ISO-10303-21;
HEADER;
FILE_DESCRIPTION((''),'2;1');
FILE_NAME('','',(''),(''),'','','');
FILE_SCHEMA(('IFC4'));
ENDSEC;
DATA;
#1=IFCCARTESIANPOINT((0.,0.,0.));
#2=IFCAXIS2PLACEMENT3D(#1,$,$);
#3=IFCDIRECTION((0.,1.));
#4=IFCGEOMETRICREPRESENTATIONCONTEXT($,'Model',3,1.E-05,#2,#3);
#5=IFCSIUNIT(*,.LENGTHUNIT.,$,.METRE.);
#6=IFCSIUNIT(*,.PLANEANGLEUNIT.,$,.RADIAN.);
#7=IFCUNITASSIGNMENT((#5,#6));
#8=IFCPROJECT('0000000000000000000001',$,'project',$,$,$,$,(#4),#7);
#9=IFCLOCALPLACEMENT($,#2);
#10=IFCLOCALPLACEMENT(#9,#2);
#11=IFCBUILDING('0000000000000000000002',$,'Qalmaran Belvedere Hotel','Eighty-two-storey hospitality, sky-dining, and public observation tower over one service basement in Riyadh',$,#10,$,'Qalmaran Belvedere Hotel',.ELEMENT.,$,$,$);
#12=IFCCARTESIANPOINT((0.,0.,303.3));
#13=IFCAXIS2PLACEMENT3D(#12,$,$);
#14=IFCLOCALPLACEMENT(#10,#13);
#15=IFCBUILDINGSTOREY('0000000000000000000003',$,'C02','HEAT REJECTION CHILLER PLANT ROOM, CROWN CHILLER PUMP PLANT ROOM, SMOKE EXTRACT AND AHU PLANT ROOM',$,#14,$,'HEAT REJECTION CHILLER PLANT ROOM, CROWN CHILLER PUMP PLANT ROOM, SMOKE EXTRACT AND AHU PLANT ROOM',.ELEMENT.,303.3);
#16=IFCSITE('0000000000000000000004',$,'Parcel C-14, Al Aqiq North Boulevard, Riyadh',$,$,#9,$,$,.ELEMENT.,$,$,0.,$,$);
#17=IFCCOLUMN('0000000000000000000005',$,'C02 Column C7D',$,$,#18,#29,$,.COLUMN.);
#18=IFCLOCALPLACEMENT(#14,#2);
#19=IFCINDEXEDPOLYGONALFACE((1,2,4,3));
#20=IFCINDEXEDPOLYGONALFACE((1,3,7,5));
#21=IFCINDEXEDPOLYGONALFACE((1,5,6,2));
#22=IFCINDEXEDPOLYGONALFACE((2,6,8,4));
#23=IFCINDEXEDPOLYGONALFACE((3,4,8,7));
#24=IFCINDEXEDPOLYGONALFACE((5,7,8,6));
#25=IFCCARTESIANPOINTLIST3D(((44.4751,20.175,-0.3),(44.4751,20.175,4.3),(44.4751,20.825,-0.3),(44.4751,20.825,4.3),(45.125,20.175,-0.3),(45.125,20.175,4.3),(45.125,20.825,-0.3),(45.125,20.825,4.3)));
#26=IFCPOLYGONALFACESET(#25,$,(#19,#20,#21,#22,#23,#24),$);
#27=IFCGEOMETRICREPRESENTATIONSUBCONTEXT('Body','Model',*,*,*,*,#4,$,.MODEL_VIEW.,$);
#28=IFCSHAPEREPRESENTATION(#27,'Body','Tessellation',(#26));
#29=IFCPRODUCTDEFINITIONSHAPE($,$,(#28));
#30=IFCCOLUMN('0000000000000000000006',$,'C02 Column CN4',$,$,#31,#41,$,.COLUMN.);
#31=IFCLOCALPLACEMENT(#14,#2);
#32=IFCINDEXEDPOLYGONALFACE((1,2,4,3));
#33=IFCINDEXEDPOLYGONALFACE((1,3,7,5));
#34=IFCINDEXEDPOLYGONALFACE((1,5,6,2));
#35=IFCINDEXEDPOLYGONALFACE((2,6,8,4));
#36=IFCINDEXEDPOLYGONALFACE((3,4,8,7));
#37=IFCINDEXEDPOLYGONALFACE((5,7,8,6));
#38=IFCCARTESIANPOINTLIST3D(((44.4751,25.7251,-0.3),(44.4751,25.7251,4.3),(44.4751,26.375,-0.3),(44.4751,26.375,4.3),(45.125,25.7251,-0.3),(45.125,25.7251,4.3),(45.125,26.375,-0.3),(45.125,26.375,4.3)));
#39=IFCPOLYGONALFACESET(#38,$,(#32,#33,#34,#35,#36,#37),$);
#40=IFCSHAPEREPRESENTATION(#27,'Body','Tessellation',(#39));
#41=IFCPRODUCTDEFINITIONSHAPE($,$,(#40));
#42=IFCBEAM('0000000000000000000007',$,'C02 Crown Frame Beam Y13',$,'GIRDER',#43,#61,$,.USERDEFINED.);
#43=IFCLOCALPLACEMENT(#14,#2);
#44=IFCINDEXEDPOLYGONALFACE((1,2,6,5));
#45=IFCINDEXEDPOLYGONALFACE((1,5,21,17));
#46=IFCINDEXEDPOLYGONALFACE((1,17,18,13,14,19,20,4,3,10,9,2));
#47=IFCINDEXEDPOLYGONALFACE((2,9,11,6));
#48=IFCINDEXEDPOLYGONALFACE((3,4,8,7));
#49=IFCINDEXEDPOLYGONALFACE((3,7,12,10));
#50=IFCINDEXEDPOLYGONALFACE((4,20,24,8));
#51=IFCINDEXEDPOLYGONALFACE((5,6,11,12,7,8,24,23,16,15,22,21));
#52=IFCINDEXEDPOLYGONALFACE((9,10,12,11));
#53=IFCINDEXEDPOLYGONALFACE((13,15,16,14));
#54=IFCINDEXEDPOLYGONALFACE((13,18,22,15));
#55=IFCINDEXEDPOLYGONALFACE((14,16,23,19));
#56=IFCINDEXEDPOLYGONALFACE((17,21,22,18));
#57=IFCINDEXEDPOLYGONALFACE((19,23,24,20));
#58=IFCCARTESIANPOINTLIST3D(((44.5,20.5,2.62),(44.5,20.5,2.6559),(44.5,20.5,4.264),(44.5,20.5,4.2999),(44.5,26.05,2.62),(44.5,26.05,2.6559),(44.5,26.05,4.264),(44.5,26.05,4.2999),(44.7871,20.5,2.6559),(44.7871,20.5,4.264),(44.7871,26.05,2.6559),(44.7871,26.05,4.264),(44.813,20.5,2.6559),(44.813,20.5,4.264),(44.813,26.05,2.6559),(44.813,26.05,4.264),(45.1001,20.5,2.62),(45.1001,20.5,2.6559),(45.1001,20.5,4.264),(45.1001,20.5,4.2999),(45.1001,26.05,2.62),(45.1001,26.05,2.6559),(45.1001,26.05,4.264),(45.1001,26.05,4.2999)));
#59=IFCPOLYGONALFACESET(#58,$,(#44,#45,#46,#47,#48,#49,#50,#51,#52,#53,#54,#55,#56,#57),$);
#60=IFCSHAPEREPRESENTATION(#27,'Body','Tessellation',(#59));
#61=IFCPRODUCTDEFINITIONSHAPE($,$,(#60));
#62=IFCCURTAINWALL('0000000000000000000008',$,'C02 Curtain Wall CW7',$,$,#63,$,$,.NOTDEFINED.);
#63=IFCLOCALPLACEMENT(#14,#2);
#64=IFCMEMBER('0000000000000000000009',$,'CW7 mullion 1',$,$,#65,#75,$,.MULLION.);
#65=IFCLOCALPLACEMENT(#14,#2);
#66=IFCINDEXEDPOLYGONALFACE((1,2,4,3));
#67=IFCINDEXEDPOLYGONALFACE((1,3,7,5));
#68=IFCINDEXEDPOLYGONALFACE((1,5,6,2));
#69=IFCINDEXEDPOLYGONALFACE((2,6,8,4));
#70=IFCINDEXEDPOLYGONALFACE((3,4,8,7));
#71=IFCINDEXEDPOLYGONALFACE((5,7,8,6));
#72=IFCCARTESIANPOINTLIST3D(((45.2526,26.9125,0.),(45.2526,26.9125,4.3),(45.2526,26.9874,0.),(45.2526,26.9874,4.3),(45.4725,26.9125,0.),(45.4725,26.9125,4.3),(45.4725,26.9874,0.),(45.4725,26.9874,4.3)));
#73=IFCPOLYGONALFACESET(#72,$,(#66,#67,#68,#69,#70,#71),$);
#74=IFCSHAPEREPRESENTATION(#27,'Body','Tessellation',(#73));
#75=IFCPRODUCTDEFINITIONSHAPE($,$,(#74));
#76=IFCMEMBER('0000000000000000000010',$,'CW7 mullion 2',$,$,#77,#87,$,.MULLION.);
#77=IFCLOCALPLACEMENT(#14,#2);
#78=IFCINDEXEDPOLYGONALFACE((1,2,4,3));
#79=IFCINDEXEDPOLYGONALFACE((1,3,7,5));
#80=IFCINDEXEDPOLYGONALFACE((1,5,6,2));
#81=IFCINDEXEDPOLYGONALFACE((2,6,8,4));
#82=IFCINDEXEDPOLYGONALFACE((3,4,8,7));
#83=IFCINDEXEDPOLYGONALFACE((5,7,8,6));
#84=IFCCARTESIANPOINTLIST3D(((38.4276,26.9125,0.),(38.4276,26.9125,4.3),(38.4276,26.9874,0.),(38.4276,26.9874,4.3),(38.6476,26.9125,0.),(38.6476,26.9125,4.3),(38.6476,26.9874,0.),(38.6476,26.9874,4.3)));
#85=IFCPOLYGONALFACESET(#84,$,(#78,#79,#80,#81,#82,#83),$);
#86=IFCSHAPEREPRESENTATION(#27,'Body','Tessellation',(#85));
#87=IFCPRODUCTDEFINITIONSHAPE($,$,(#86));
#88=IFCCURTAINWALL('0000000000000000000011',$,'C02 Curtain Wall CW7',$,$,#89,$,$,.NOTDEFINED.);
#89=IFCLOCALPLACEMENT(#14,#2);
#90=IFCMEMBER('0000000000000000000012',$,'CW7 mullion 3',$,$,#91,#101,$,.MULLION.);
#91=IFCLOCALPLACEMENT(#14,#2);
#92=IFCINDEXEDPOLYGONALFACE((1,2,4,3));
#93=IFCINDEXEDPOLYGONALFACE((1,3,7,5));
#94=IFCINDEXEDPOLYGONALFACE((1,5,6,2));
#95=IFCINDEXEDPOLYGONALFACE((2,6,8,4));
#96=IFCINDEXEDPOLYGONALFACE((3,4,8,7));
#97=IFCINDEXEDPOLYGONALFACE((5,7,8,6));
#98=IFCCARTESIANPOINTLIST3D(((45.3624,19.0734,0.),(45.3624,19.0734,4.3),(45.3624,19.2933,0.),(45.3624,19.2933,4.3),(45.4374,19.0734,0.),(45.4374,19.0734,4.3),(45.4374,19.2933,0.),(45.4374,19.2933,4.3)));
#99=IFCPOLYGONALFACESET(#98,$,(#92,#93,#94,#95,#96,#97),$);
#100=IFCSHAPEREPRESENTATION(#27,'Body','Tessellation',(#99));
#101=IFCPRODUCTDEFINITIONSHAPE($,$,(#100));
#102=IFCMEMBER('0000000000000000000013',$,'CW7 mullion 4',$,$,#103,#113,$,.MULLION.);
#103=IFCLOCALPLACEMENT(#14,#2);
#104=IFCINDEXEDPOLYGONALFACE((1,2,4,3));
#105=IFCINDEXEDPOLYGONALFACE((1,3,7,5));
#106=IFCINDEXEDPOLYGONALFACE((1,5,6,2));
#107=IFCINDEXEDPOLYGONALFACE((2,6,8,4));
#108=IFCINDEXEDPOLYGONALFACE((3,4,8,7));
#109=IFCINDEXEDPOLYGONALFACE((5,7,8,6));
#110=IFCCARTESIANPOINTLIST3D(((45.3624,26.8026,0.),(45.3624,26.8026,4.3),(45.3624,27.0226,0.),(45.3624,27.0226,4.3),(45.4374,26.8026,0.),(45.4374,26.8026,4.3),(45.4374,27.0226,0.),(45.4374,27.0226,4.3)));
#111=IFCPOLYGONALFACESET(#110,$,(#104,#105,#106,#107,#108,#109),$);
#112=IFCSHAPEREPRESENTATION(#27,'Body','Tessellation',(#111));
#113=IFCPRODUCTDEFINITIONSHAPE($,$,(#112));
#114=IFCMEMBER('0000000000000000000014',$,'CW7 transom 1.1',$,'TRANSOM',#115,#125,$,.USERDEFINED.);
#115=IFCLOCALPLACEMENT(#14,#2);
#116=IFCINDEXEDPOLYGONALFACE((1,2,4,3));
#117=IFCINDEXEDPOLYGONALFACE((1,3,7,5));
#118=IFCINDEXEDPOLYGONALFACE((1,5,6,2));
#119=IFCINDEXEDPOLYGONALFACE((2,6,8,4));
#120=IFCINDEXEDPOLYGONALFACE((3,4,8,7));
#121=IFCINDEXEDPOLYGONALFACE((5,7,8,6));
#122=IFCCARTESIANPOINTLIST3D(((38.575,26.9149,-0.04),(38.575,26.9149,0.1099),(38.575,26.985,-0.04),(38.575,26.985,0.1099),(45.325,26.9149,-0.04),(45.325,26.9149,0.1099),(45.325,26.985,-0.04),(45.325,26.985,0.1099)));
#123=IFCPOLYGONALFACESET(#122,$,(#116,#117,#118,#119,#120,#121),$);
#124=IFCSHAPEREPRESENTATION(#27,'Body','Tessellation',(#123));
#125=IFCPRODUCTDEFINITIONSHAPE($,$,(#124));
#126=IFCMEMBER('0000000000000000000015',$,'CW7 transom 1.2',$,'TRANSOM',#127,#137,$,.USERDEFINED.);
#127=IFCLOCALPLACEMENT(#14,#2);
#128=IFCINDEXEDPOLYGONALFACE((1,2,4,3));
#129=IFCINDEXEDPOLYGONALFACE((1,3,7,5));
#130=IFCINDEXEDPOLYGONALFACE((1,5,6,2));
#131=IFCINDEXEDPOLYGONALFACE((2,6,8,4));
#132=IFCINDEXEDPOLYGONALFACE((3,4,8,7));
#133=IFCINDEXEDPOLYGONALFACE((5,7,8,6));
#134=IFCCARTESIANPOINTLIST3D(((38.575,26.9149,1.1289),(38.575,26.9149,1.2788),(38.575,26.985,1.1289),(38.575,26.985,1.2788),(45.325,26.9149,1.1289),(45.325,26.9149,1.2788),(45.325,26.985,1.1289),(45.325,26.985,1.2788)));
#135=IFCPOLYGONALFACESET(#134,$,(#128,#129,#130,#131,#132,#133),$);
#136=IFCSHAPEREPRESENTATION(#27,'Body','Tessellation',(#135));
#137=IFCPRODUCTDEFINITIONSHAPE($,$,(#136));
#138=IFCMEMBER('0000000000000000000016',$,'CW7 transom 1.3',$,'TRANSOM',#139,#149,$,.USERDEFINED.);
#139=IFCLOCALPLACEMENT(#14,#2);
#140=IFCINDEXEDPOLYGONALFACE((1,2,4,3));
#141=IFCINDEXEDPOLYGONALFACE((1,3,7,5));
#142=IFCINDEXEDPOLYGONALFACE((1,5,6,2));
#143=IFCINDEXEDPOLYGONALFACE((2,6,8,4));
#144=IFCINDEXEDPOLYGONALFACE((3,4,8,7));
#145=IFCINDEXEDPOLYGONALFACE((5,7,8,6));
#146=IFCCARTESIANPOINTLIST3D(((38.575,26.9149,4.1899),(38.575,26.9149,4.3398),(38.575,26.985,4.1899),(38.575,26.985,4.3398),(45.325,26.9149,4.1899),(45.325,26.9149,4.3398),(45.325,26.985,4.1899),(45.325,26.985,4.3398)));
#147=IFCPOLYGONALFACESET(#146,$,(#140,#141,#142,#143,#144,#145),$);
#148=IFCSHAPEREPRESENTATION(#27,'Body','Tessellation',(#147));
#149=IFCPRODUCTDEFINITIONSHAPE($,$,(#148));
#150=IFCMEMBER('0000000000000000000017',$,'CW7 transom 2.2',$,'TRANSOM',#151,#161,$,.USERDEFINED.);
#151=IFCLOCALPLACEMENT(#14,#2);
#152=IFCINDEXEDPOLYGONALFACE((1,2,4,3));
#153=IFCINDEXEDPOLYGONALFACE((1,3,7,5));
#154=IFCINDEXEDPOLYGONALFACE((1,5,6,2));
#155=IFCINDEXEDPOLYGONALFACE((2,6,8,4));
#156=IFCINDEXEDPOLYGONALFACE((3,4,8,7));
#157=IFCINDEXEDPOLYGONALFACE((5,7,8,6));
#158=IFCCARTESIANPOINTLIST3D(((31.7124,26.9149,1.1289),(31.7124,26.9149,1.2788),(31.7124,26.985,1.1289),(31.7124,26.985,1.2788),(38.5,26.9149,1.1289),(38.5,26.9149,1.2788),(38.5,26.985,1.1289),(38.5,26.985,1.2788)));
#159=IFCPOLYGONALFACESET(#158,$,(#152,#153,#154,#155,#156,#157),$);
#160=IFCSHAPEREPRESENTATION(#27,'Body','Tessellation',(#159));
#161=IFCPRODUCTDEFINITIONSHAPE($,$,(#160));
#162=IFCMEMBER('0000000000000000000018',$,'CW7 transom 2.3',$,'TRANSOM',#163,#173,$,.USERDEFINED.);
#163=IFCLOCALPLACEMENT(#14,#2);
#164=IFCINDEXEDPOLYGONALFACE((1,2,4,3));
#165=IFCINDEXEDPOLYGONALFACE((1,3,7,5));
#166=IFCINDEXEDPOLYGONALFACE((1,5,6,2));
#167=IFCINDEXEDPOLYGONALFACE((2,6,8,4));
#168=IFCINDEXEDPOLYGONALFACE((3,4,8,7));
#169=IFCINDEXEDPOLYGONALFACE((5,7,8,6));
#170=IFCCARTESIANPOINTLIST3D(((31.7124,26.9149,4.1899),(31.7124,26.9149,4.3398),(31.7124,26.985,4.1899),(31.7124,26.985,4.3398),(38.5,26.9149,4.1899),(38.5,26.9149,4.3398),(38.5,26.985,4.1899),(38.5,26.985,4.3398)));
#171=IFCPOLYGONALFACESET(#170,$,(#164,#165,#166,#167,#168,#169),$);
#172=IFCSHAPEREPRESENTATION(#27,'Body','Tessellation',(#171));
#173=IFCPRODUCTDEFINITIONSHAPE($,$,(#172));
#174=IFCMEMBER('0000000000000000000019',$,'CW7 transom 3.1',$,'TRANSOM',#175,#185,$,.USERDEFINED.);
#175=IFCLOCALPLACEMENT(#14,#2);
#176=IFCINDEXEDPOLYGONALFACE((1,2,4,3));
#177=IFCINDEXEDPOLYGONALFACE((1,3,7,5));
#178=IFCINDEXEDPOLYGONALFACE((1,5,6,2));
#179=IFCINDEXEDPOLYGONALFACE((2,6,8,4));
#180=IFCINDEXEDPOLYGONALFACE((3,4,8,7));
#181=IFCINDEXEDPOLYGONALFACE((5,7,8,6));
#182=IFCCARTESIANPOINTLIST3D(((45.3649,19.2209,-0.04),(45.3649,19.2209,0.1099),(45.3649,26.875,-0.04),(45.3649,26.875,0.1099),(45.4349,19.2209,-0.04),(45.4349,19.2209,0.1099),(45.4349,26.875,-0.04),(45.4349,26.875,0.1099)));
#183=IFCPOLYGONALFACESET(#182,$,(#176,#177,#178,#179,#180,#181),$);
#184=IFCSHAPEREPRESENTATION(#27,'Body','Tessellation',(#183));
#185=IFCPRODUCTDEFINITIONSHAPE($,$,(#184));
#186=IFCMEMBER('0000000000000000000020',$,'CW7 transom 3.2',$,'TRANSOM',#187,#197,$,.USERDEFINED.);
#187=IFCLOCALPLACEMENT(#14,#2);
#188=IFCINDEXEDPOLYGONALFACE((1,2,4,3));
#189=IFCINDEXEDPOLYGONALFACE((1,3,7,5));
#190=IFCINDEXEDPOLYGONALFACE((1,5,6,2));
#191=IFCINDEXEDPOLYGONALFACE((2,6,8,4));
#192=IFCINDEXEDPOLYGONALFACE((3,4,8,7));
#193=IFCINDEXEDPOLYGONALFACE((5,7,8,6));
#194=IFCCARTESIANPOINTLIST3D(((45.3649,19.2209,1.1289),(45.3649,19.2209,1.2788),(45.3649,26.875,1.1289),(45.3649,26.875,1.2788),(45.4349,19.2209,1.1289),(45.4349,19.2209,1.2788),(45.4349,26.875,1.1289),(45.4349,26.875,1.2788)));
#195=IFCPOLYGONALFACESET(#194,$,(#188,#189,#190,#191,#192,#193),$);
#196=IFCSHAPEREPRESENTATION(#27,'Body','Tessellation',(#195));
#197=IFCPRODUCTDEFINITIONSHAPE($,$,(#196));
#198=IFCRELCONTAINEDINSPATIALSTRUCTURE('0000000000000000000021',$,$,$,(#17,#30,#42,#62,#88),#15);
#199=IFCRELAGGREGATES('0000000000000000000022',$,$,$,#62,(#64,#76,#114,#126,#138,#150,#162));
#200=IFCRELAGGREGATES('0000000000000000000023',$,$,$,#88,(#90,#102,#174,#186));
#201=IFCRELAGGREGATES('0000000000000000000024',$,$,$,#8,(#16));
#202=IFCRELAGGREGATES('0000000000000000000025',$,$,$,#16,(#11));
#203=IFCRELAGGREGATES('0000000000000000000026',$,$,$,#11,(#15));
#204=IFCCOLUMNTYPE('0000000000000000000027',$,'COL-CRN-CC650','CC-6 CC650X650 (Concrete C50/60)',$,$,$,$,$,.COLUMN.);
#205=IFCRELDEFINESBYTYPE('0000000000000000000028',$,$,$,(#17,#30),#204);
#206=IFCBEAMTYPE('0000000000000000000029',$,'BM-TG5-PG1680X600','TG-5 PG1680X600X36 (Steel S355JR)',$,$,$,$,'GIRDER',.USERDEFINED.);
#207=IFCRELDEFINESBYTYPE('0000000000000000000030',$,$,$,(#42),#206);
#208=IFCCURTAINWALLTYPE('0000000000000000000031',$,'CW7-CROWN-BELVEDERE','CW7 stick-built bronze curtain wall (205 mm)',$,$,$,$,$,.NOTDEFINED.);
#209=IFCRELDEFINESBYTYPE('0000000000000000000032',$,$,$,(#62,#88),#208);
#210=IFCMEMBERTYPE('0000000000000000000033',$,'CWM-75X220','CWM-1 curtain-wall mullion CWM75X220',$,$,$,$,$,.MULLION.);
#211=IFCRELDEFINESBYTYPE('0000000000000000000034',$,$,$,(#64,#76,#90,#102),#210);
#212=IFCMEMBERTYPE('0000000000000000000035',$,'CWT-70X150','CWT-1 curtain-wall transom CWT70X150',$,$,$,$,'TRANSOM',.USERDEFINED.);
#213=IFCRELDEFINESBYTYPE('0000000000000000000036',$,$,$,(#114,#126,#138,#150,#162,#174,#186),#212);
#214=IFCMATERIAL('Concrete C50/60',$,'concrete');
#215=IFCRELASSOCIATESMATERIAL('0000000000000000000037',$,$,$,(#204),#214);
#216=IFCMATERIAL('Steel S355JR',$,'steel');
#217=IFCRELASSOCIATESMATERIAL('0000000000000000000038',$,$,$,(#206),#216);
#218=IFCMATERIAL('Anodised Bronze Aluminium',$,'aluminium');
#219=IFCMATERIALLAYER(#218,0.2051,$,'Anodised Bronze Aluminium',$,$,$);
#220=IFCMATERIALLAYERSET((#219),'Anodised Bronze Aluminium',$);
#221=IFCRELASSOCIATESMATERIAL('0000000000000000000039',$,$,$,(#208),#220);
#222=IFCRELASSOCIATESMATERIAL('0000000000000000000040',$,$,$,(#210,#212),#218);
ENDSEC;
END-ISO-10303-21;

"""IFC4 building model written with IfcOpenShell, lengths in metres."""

from ifc_helpers import new_model, si_unit, direction, frame, origin, origin_2d, place, context, subcontext, project, spatial, rectangle, i_section, extrude, material, layer, layer_set, material_profile, profile_set, type_object, element, aggregate, save


model = new_model("IFC4")

# Units and contexts
model_context = context("Model", 3, precision=1e-05, world=origin(), true_north=direction((0.0, 1.0)))
body_context = subcontext(model_context, "Body", "Model", "MODEL_VIEW")
ifc_project = project(units=[si_unit("LENGTHUNIT", "METRE"), si_unit("PLANEANGLEUNIT", "RADIAN")], contexts=[model_context])

# Site, building, storey
site_placement = place(None, origin())
site = spatial("IfcSite", under=ifc_project, at=site_placement, Name="Parcel C-14, Al Aqiq North Boulevard, Riyadh", CompositionType="ELEMENT", RefElevation=0.0)
building_placement = place(site_placement, origin())
building = spatial("IfcBuilding", under=site, at=building_placement, Name="Qalmaran Belvedere Hotel", Description="Eighty-two-storey hospitality, sky-dining, and public observation tower over one service basement in Riyadh", LongName="Qalmaran Belvedere Hotel", CompositionType="ELEMENT")
storey_placement = place(building_placement, frame((0.0, 0.0, 303.3)))
storey = spatial("IfcBuildingStorey", under=building, at=storey_placement, Name="C02", Description="HEAT REJECTION CHILLER PLANT ROOM, CROWN CHILLER PUMP PLANT ROOM, SMOKE EXTRACT AND AHU PLANT ROOM", LongName="HEAT REJECTION CHILLER PLANT ROOM, CROWN CHILLER PUMP PLANT ROOM, SMOKE EXTRACT AND AHU PLANT ROOM", CompositionType="ELEMENT", Elevation=303.3)

# Columns
ifc_material_1 = material(Name="Concrete C50/60", Category="concrete")
ifc_material_profile_1 = material_profile(ifc_material_1, rectangle(XDim=0.6499, YDim=0.6499, at=origin_2d()), Name="CC650X650")
ifc_profile_set_1 = profile_set([ifc_material_profile_1], Name="Concrete C50/60")
column_type = type_object("IfcColumnType", Name="COL-CRN-CC650", Description="CC-6 CC650X650 (Concrete C50/60)", PredefinedType="COLUMN", material=ifc_profile_set_1)
for number, where, z_axis, x_axis, name in (
    (1, (44.8, 20.5, -0.3), (0.0, 0.0, 1.0), (1.0, 0.0, 0.0), "C02 Column C7D"),
    (2, (44.8, 26.05, -0.3), (0.0, 0.0, 1.0), (1.0, 0.0, 0.0), "C02 Column CN4"),
):
    element("IfcColumn", number, at=place(storey_placement, frame(where, z_axis=z_axis, x_axis=x_axis)), inside=storey, type_object=column_type, Name=name, PredefinedType="COLUMN", context=body_context, shape_type="SweptSolid", body=[
        extrude(rectangle(XDim=0.6499, YDim=0.6499, at=origin_2d()), origin(), (0.0, 0.0, 1.0), 4.6001),
    ])

# Beam
ifc_material_2 = material(Name="Steel S355JR", Category="steel")
ifc_material_profile_2 = material_profile(ifc_material_2, i_section(OverallWidth=0.6001, OverallDepth=1.6799, WebThickness=0.0259, FlangeThickness=0.0359, at=origin_2d()), Name="PG1680X600X36")
ifc_profile_set_2 = profile_set([ifc_material_profile_2], Name="Steel S355JR")
beam_type = type_object("IfcBeamType", Name="BM-TG5-PG1680X600", Description="TG-5 PG1680X600X36 (Steel S355JR)", ElementType="GIRDER", PredefinedType="USERDEFINED", material=ifc_profile_set_2)
beam_placement = place(storey_placement, frame((44.8, 20.5, 3.46), z_axis=(0.0, 1.0, 0.0), x_axis=(-1.0, 0.0, 0.0)))
element("IfcBeam", 3, at=beam_placement, inside=storey, type_object=beam_type, Name="C02 Crown Frame Beam Y13", ObjectType="GIRDER", PredefinedType="USERDEFINED", context=body_context, shape_type="SweptSolid", body=[
    extrude(i_section(OverallWidth=0.6001, OverallDepth=1.6799, WebThickness=0.0259, FlangeThickness=0.0359, at=origin_2d()), origin(), (0.0, 0.0, 1.0), 5.55),
])

# Curtain walls, members
ifc_material_3 = material(Name="Anodised Bronze Aluminium", Category="aluminium")
ifc_layer_1 = layer(ifc_material_3, 0.2051, Name="Anodised Bronze Aluminium")
ifc_layer_set_1 = layer_set([ifc_layer_1], Name="Anodised Bronze Aluminium")
curtain_wall_type = type_object("IfcCurtainWallType", Name="CW7-CROWN-BELVEDERE", Description="CW7 stick-built bronze curtain wall (205 mm)", PredefinedType="NOTDEFINED", material=ifc_layer_set_1)
curtain_wall_1_placement = place(storey_placement, origin())
curtain_wall_1 = element("IfcCurtainWall", 4, at=curtain_wall_1_placement, inside=storey, type_object=curtain_wall_type, Name="C02 Curtain Wall CW7", PredefinedType="NOTDEFINED")
ifc_material_profile_3 = material_profile(ifc_material_3, rectangle(XDim=0.075, YDim=0.22, at=origin_2d()), Name="CWM75X220")
ifc_profile_set_3 = profile_set([ifc_material_profile_3], Name="Anodised Bronze Aluminium")
member_type_1 = type_object("IfcMemberType", Name="CWM-75X220", Description="CWM-1 curtain-wall mullion CWM75X220", PredefinedType="MULLION", material=ifc_profile_set_3)
member_1_placement = place(storey_placement, frame((45.3625, 26.95, 0.0), z_axis=(0.0, 0.0, 1.0), x_axis=(0.0, -1.0, 0.0)))
member_1 = element("IfcMember", 5, at=member_1_placement, type_object=member_type_1, Name="CW7 mullion 1", PredefinedType="MULLION", context=body_context, shape_type="SweptSolid", body=[
    extrude(rectangle(XDim=0.075, YDim=0.22, at=origin_2d()), origin(), (0.0, 0.0, 1.0), 4.3),
])
member_2_placement = place(storey_placement, frame((38.5376, 26.95, 0.0), z_axis=(0.0, 0.0, 1.0), x_axis=(0.0, -1.0, 0.0)))
member_2 = element("IfcMember", 6, at=member_2_placement, type_object=member_type_1, Name="CW7 mullion 2", PredefinedType="MULLION", context=body_context, shape_type="SweptSolid", body=[
    extrude(rectangle(XDim=0.075, YDim=0.22, at=origin_2d()), origin(), (0.0, 0.0, 1.0), 4.3),
])
curtain_wall_2_placement = place(storey_placement, origin())
curtain_wall_2 = element("IfcCurtainWall", 7, at=curtain_wall_2_placement, inside=storey, type_object=curtain_wall_type, Name="C02 Curtain Wall CW7", PredefinedType="NOTDEFINED")
member_3_placement = place(storey_placement, frame((45.3999, 19.1833, 0.0), z_axis=(0.0, 0.0, 1.0), x_axis=(-1.0, 0.0, 0.0)))
member_3 = element("IfcMember", 8, at=member_3_placement, type_object=member_type_1, Name="CW7 mullion 3", PredefinedType="MULLION", context=body_context, shape_type="SweptSolid", body=[
    extrude(rectangle(XDim=0.075, YDim=0.22, at=origin_2d()), origin(), (0.0, 0.0, 1.0), 4.3),
])
member_4_placement = place(storey_placement, frame((45.3999, 26.9126, 0.0), z_axis=(0.0, 0.0, 1.0), x_axis=(-1.0, 0.0, 0.0)))
member_4 = element("IfcMember", 9, at=member_4_placement, type_object=member_type_1, Name="CW7 mullion 4", PredefinedType="MULLION", context=body_context, shape_type="SweptSolid", body=[
    extrude(rectangle(XDim=0.075, YDim=0.22, at=origin_2d()), origin(), (0.0, 0.0, 1.0), 4.3),
])

# Members
ifc_material_profile_4 = material_profile(ifc_material_3, rectangle(XDim=0.0701, YDim=0.1499, at=origin_2d()), Name="CWT70X150")
ifc_profile_set_4 = profile_set([ifc_material_profile_4], Name="Anodised Bronze Aluminium")
member_type_2 = type_object("IfcMemberType", Name="CWT-70X150", Description="CWT-1 curtain-wall transom CWT70X150", ElementType="TRANSOM", PredefinedType="USERDEFINED", material=ifc_profile_set_4)
member_5_placement = place(storey_placement, frame((45.325, 26.95, 0.0349), z_axis=(-1.0, 0.0, 0.0), x_axis=(0.0, -1.0, 0.0)))
member_5 = element("IfcMember", 10, at=member_5_placement, type_object=member_type_2, Name="CW7 transom 1.1", ObjectType="TRANSOM", PredefinedType="USERDEFINED", context=body_context, shape_type="SweptSolid", body=[
    extrude(rectangle(XDim=0.0701, YDim=0.1499, at=origin_2d()), origin(), (0.0, 0.0, 1.0), 6.75),
])
member_6_placement = place(storey_placement, frame((45.325, 26.95, 1.2039), z_axis=(-1.0, 0.0, 0.0), x_axis=(0.0, -1.0, 0.0)))
member_6 = element("IfcMember", 11, at=member_6_placement, type_object=member_type_2, Name="CW7 transom 1.2", ObjectType="TRANSOM", PredefinedType="USERDEFINED", context=body_context, shape_type="SweptSolid", body=[
    extrude(rectangle(XDim=0.0701, YDim=0.1499, at=origin_2d()), origin(), (0.0, 0.0, 1.0), 6.75),
])
member_7_placement = place(storey_placement, frame((45.325, 26.95, 4.2649), z_axis=(-1.0, 0.0, 0.0), x_axis=(0.0, -1.0, 0.0)))
member_7 = element("IfcMember", 12, at=member_7_placement, type_object=member_type_2, Name="CW7 transom 1.3", ObjectType="TRANSOM", PredefinedType="USERDEFINED", context=body_context, shape_type="SweptSolid", body=[
    extrude(rectangle(XDim=0.0701, YDim=0.1499, at=origin_2d()), origin(), (0.0, 0.0, 1.0), 6.75),
])
member_8_placement = place(storey_placement, frame((38.5, 26.95, 1.2039), z_axis=(-1.0, 0.0, 0.0), x_axis=(0.0, -1.0, 0.0)))
member_8 = element("IfcMember", 13, at=member_8_placement, type_object=member_type_2, Name="CW7 transom 2.2", ObjectType="TRANSOM", PredefinedType="USERDEFINED", context=body_context, shape_type="SweptSolid", body=[
    extrude(rectangle(XDim=0.0701, YDim=0.1499, at=origin_2d()), origin(), (0.0, 0.0, 1.0), 6.7876),
])
member_9_placement = place(storey_placement, frame((38.5, 26.95, 4.2649), z_axis=(-1.0, 0.0, 0.0), x_axis=(0.0, -1.0, 0.0)))
member_9 = element("IfcMember", 14, at=member_9_placement, type_object=member_type_2, Name="CW7 transom 2.3", ObjectType="TRANSOM", PredefinedType="USERDEFINED", context=body_context, shape_type="SweptSolid", body=[
    extrude(rectangle(XDim=0.0701, YDim=0.1499, at=origin_2d()), origin(), (0.0, 0.0, 1.0), 6.7876),
])
member_10_placement = place(storey_placement, frame((45.3999, 19.2209, 0.0349), z_axis=(0.0, 1.0, 0.0), x_axis=(-1.0, 0.0, 0.0)))
member_10 = element("IfcMember", 15, at=member_10_placement, type_object=member_type_2, Name="CW7 transom 3.1", ObjectType="TRANSOM", PredefinedType="USERDEFINED", context=body_context, shape_type="SweptSolid", body=[
    extrude(rectangle(XDim=0.0701, YDim=0.1499, at=origin_2d()), origin(), (0.0, 0.0, 1.0), 7.6541),
])
member_11_placement = place(storey_placement, frame((45.3999, 19.2209, 1.2039), z_axis=(0.0, 1.0, 0.0), x_axis=(-1.0, 0.0, 0.0)))
member_11 = element("IfcMember", 16, at=member_11_placement, type_object=member_type_2, Name="CW7 transom 3.2", ObjectType="TRANSOM", PredefinedType="USERDEFINED", context=body_context, shape_type="SweptSolid", body=[
    extrude(rectangle(XDim=0.0701, YDim=0.1499, at=origin_2d()), origin(), (0.0, 0.0, 1.0), 7.6541),
])

aggregate(curtain_wall_1, [member_1, member_2, member_5, member_6, member_7, member_8, member_9])
aggregate(curtain_wall_2, [member_3, member_4, member_10, member_11])

save(model, "model.ifc")
